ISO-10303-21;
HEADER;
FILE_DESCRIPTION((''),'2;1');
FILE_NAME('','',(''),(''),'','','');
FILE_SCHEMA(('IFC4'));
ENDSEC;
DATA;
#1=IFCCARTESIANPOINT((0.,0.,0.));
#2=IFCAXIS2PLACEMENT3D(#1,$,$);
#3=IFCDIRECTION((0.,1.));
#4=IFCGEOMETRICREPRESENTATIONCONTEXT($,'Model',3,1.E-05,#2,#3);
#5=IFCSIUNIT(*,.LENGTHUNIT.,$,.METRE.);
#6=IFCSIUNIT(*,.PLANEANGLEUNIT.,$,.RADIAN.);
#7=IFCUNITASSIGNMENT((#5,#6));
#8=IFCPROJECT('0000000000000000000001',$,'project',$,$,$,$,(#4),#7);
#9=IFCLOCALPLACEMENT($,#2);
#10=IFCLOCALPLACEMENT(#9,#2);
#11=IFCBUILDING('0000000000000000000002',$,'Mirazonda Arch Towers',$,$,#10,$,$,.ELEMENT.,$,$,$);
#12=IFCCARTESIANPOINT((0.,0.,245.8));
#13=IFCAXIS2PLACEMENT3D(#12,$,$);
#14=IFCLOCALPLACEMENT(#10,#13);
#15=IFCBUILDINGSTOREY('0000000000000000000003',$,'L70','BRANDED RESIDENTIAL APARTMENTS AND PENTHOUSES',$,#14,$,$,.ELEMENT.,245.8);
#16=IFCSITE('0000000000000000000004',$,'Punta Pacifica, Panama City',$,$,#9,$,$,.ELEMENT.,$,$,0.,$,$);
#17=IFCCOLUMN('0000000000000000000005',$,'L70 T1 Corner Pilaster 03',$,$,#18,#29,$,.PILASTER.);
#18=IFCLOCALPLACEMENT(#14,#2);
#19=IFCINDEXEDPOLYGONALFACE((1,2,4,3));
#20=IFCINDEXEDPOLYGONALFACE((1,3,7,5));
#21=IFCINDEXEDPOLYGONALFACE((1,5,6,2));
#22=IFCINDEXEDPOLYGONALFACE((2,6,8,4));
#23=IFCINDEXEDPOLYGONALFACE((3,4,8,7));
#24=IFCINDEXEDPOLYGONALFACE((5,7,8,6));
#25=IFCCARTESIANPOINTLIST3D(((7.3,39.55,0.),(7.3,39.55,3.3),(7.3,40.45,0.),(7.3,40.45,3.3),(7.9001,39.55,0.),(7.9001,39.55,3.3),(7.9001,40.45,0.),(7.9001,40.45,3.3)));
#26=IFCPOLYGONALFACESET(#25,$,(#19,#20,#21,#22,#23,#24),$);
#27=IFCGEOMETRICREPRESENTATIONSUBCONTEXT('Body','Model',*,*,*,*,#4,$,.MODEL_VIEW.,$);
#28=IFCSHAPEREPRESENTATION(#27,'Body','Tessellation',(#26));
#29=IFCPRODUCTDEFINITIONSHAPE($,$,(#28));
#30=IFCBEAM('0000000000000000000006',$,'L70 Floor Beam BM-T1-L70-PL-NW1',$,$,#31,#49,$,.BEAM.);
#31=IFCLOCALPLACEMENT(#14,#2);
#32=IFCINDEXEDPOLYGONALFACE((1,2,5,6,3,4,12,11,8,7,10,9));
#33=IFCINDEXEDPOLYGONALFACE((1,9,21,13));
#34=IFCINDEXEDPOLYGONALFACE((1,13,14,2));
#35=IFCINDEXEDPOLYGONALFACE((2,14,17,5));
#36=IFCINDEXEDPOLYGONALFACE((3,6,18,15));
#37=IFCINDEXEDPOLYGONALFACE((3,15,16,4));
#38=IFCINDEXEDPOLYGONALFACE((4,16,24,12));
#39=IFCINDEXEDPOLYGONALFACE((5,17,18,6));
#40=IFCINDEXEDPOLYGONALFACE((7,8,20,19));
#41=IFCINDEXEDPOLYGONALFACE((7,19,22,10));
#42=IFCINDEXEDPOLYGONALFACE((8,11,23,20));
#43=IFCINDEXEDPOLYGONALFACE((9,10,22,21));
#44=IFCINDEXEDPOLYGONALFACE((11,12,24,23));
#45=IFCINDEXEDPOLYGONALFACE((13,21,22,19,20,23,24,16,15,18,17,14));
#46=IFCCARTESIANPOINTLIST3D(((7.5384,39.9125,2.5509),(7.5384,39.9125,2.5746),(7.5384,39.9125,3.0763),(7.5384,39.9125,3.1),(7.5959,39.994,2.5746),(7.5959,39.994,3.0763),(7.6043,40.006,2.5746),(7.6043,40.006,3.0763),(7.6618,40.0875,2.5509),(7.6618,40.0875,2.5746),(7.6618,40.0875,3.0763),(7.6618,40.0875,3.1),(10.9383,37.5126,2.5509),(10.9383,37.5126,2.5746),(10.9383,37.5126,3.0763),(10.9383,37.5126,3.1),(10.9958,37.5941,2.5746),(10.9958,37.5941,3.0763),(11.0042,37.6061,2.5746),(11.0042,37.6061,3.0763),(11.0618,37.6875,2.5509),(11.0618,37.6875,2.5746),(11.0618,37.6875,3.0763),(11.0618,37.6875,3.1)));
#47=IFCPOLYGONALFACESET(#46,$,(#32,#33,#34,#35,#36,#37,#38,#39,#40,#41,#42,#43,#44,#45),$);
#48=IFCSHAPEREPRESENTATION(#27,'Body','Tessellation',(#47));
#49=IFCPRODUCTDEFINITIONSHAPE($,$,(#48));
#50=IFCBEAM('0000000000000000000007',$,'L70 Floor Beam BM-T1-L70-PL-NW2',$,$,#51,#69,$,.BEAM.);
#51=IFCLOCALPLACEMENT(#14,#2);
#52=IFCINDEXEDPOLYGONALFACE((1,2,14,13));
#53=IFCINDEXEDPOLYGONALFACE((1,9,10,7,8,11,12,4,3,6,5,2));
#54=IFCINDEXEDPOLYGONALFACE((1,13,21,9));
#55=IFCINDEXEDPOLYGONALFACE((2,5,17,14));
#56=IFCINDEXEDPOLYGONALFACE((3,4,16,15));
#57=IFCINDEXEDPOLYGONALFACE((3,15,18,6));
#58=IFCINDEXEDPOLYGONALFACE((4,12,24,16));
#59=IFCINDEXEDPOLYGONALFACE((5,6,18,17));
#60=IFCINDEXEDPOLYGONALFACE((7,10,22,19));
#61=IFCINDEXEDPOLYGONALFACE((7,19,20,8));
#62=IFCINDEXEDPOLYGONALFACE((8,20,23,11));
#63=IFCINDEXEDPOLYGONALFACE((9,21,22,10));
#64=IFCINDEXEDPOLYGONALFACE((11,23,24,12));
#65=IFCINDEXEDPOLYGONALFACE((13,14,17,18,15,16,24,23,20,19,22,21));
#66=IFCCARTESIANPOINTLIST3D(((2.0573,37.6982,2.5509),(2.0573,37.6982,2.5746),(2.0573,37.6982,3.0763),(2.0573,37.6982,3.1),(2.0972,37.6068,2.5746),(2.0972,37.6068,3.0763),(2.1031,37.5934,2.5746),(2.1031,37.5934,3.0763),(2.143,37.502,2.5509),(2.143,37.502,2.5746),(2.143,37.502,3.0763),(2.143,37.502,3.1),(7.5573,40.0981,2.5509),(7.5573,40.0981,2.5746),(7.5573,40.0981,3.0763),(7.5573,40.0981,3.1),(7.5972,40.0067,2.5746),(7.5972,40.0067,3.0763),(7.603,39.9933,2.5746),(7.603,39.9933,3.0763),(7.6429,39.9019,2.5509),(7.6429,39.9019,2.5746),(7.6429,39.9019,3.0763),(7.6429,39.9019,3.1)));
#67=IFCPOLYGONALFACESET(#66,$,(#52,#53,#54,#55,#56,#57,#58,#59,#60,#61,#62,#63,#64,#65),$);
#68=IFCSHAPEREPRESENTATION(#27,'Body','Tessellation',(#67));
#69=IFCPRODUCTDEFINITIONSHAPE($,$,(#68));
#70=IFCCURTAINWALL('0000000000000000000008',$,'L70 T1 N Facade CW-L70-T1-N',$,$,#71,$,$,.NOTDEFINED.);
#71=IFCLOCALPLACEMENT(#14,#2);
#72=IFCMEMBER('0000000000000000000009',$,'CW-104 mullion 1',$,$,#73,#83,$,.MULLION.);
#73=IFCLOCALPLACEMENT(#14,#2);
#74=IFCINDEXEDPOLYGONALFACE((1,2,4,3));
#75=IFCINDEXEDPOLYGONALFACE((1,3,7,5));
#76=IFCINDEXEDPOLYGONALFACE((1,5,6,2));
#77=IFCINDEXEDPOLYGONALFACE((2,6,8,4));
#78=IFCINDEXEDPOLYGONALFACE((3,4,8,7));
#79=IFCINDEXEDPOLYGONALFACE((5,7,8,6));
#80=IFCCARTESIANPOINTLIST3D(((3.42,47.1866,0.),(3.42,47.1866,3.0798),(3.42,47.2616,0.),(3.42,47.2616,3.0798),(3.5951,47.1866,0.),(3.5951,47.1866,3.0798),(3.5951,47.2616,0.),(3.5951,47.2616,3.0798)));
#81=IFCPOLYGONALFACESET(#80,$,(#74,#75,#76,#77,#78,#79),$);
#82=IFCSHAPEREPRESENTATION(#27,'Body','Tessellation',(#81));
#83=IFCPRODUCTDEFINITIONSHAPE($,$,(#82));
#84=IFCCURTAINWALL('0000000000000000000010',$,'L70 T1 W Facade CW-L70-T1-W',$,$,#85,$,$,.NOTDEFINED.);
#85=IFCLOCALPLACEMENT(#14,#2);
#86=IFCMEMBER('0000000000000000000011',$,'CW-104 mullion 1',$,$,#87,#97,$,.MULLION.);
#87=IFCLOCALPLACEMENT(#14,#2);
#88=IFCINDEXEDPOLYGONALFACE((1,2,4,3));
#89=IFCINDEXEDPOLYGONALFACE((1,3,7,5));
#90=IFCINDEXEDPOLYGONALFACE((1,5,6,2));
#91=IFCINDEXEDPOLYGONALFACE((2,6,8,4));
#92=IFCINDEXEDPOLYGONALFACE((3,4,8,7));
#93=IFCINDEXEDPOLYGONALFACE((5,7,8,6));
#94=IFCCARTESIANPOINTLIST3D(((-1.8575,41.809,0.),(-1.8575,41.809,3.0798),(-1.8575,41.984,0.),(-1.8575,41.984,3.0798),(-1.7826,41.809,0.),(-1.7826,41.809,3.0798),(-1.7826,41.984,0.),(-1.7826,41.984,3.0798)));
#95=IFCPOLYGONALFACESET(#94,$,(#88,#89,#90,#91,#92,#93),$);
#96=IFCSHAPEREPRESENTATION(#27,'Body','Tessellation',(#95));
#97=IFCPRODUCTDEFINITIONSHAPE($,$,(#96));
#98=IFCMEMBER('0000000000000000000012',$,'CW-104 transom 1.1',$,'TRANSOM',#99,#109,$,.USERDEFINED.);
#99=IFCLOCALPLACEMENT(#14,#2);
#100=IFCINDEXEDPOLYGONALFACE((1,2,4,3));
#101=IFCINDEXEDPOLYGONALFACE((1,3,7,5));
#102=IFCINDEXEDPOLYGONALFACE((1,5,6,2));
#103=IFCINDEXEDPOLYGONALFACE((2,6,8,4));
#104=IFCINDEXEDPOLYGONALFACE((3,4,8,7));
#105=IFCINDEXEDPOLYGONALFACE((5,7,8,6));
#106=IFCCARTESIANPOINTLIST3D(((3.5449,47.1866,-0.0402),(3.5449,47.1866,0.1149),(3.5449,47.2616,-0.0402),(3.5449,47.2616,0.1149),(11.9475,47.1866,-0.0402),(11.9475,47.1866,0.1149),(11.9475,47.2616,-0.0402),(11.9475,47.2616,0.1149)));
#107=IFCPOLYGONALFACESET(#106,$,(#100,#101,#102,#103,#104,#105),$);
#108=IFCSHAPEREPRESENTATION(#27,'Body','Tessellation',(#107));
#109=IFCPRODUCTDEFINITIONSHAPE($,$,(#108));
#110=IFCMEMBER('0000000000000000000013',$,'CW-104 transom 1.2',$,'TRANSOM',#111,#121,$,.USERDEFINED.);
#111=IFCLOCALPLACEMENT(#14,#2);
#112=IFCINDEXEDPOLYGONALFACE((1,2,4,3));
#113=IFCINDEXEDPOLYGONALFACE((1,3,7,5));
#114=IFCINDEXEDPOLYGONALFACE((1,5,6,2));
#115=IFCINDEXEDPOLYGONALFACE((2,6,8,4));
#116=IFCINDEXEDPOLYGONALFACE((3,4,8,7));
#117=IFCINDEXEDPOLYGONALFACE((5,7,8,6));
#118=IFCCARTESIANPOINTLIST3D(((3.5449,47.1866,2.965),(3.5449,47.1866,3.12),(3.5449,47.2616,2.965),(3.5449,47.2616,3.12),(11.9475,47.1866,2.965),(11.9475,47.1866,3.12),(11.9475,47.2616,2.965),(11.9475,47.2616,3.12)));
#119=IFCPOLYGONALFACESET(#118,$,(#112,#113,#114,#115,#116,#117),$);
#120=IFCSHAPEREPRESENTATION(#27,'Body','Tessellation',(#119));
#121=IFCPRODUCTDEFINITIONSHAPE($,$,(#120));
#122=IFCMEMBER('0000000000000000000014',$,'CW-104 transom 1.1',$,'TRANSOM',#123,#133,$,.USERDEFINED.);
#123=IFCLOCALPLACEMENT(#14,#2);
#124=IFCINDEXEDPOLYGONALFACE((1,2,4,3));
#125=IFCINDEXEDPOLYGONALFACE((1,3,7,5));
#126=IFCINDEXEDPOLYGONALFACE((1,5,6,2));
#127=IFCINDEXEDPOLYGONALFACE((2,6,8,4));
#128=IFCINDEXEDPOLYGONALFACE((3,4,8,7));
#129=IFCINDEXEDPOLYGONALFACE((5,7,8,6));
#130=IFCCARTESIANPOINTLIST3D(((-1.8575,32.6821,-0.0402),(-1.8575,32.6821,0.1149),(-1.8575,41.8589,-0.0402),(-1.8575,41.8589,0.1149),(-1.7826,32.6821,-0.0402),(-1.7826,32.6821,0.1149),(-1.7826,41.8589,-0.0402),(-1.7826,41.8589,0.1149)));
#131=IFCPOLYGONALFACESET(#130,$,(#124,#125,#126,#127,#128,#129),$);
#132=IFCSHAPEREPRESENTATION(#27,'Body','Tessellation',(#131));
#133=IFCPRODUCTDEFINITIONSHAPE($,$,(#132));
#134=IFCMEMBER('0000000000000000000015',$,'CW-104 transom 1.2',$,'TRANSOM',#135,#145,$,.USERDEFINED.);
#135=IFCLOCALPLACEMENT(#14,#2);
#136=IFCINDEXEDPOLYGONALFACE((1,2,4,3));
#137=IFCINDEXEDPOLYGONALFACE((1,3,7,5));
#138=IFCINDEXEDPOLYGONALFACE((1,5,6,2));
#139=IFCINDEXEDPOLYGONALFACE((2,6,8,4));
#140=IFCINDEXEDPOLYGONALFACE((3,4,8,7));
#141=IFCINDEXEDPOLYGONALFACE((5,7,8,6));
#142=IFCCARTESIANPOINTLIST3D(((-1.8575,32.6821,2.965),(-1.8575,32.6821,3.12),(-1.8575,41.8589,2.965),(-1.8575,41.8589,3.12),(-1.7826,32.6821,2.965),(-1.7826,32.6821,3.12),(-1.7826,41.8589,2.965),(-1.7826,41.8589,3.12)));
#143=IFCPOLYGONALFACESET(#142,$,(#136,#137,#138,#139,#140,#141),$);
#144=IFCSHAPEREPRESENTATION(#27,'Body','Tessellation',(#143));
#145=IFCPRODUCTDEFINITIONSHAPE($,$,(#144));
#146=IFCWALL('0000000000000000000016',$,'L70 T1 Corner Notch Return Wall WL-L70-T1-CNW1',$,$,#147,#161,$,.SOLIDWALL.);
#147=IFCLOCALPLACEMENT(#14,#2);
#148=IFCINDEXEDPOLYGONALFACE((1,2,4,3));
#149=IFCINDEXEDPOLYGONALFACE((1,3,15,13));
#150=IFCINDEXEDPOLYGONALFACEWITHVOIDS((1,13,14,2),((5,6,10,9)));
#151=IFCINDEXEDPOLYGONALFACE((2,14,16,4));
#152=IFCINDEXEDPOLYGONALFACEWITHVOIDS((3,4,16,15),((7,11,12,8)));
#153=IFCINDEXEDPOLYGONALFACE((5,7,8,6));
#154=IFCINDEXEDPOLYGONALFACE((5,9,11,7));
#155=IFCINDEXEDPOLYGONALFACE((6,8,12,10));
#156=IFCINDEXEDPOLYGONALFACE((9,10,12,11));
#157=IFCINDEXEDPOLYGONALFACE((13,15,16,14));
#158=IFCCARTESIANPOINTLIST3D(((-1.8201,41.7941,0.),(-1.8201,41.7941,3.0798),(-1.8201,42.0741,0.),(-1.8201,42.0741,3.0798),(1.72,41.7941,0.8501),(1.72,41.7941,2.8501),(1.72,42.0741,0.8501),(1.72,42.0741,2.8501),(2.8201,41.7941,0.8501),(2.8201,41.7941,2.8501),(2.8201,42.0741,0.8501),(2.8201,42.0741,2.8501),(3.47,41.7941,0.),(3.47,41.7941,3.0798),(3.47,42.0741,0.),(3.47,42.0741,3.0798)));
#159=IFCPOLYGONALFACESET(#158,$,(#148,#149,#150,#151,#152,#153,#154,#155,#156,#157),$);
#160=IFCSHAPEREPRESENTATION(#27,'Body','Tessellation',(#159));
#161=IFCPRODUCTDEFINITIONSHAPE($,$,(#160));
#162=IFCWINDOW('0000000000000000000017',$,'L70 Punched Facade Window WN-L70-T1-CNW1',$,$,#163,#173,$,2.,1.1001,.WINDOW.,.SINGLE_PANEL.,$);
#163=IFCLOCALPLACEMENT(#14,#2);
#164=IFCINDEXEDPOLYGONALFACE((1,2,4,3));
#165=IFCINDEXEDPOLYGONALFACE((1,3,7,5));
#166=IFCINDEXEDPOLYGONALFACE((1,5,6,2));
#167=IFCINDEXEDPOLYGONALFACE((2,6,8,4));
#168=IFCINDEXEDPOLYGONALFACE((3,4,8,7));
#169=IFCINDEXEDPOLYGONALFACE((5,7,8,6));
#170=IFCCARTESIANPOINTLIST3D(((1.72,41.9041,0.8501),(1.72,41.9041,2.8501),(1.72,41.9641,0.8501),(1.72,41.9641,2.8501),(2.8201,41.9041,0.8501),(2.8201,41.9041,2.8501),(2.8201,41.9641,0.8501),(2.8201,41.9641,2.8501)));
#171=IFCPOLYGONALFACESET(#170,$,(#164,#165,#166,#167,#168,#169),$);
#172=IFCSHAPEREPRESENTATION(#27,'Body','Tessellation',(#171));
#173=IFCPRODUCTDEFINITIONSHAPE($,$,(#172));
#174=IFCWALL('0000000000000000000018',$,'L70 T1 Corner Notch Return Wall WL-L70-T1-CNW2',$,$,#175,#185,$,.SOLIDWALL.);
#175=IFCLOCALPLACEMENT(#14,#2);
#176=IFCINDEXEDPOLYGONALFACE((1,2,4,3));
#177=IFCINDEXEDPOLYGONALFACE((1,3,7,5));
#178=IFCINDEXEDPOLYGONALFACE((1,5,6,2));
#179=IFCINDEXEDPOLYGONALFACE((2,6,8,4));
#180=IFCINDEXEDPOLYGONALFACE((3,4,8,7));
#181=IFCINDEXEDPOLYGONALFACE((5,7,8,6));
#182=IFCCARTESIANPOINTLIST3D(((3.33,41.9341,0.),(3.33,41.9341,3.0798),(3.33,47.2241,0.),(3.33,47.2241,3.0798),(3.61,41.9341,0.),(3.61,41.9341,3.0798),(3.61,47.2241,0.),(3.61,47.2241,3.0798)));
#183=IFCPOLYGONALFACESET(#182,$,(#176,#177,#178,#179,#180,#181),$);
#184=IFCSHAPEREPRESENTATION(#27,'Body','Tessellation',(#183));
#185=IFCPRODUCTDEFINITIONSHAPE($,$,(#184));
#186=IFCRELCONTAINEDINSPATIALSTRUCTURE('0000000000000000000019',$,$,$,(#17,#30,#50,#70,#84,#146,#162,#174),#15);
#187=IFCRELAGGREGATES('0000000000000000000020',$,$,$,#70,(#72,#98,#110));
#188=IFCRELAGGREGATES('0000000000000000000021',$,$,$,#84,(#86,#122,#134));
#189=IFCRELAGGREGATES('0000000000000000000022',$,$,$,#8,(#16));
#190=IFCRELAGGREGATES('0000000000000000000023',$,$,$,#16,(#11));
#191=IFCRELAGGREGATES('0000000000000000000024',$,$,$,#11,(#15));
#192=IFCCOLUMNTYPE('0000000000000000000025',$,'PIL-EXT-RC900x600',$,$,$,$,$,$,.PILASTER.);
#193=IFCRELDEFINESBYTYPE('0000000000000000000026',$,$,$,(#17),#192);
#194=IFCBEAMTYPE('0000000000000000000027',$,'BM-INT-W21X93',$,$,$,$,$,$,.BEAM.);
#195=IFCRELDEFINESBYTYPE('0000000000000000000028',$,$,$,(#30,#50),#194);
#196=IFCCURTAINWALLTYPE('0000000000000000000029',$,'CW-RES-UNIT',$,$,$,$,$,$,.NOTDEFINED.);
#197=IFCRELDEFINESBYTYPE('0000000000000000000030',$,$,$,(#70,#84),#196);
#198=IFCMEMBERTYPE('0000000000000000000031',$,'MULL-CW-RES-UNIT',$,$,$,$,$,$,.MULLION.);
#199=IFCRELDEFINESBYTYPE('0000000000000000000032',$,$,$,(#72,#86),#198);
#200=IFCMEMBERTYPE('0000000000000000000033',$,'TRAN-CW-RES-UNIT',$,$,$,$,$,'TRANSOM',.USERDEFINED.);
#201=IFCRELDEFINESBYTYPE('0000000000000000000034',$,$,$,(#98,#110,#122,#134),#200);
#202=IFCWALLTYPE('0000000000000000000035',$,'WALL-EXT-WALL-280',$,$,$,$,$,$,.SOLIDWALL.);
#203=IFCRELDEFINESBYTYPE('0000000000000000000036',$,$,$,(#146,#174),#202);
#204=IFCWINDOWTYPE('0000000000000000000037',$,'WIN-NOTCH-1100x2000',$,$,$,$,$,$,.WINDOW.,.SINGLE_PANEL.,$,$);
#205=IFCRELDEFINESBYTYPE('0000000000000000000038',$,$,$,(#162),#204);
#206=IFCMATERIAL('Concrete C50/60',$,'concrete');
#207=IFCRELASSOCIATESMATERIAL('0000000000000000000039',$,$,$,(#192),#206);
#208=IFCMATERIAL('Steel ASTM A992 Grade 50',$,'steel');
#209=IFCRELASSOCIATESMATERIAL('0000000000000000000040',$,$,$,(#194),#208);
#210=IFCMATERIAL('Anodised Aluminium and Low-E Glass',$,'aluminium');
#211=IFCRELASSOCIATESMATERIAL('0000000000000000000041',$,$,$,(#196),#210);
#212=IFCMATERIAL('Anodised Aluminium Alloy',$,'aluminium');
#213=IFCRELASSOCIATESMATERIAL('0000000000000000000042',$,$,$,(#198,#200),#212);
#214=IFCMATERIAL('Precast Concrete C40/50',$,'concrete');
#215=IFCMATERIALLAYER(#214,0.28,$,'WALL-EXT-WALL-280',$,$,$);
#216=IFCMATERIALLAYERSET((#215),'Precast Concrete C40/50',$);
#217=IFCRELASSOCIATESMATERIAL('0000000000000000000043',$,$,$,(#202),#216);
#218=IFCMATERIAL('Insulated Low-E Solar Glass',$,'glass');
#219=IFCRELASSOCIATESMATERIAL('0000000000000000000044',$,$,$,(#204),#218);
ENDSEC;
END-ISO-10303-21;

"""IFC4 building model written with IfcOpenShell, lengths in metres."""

from ifc_helpers import new_model, si_unit, direction, frame, frame_2d, origin, origin_2d, place, context, subcontext, project, spatial, rectangle, i_section, extrude, material, layer, layer_set, material_profile, profile_set, type_object, element, fill, aggregate, save


model = new_model("IFC4")

# Units and contexts
model_context = context("Model", 3, precision=1e-05, world=origin(), true_north=direction((0.0, 1.0)))
body_context = subcontext(model_context, "Body", "Model", "MODEL_VIEW")
ifc_project = project(units=[si_unit("LENGTHUNIT", "METRE"), si_unit("PLANEANGLEUNIT", "RADIAN")], contexts=[model_context])

# Site, building, storey
site_placement = place(None, origin())
site = spatial("IfcSite", under=ifc_project, at=site_placement, Name="Punta Pacifica, Panama City", CompositionType="ELEMENT", RefElevation=0.0)
building_placement = place(site_placement, origin())
building = spatial("IfcBuilding", under=site, at=building_placement, Name="Mirazonda Arch Towers", CompositionType="ELEMENT")
storey_placement = place(building_placement, frame((0.0, 0.0, 245.8)))
storey = spatial("IfcBuildingStorey", under=building, at=storey_placement, Name="L70", Description="BRANDED RESIDENTIAL APARTMENTS AND PENTHOUSES", CompositionType="ELEMENT", Elevation=245.8)

# Column
ifc_material_1 = material(Name="Concrete C50/60", Category="concrete")
ifc_material_profile_1 = material_profile(ifc_material_1, rectangle(XDim=0.6001, YDim=0.8999, at=origin_2d()), Name="RC900x600")
ifc_profile_set_1 = profile_set([ifc_material_profile_1], Name="Concrete C50/60")
column_type = type_object("IfcColumnType", Name="PIL-EXT-RC900x600", PredefinedType="PILASTER", material=ifc_profile_set_1)
column_placement = place(storey_placement, frame((7.6001, 40.0, 0.0), z_axis=(0.0, 0.0, 1.0), x_axis=(1.0, 0.0, 0.0)))
element("IfcColumn", 1, at=column_placement, inside=storey, type_object=column_type, Name="L70 T1 Corner Pilaster 03", PredefinedType="PILASTER", context=body_context, shape_type="SweptSolid", body=[
    extrude(rectangle(XDim=0.6001, YDim=0.8999, at=origin_2d()), origin(), (0.0, 0.0, 1.0), 3.3),
])

# Beams
ifc_material_2 = material(Name="Steel ASTM A992 Grade 50", Category="steel")
ifc_material_profile_2 = material_profile(ifc_material_2, i_section(OverallWidth=0.2141, OverallDepth=0.5491, WebThickness=0.0146, FlangeThickness=0.0237, at=origin_2d()), Name="W21X93")
ifc_profile_set_2 = profile_set([ifc_material_profile_2], Name="Steel ASTM A992 Grade 50")
beam_type = type_object("IfcBeamType", Name="BM-INT-W21X93", PredefinedType="BEAM", material=ifc_profile_set_2)
beam_1_placement = place(storey_placement, frame((7.6001, 40.0, 2.8254), z_axis=(0.816971, -0.576679, 0.0), x_axis=(0.576679, 0.816971, 0.0)))
element("IfcBeam", 2, at=beam_1_placement, inside=storey, type_object=beam_type, Name="L70 Floor Beam BM-T1-L70-PL-NW1", PredefinedType="BEAM", context=body_context, shape_type="SweptSolid", body=[
    extrude(i_section(OverallWidth=0.2141, OverallDepth=0.5491, WebThickness=0.0146, FlangeThickness=0.0237, at=origin_2d()), origin(), (0.0, 0.0, 1.0), 4.1616),
])
beam_2_placement = place(storey_placement, frame((7.6001, 40.0, 2.8254), z_axis=(-0.916545, -0.399931, 0.0), x_axis=(0.399931, -0.916545, 0.0)))
element("IfcBeam", 3, at=beam_2_placement, inside=storey, type_object=beam_type, Name="L70 Floor Beam BM-T1-L70-PL-NW2", PredefinedType="BEAM", context=body_context, shape_type="SweptSolid", body=[
    extrude(i_section(OverallWidth=0.2141, OverallDepth=0.5491, WebThickness=0.0146, FlangeThickness=0.0237, at=origin_2d()), origin(), (0.0, 0.0, 1.0), 6.0007),
])

# Curtain walls, members
ifc_material_3 = material(Name="Anodised Aluminium and Low-E Glass", Category="aluminium")
curtain_wall_type = type_object("IfcCurtainWallType", Name="CW-RES-UNIT", PredefinedType="NOTDEFINED", material=ifc_material_3)
curtain_wall_1_placement = place(storey_placement, origin())
curtain_wall_1 = element("IfcCurtainWall", 4, at=curtain_wall_1_placement, inside=storey, type_object=curtain_wall_type, Name="L70 T1 N Facade CW-L70-T1-N", PredefinedType="NOTDEFINED")
ifc_material_4 = material(Name="Anodised Aluminium Alloy", Category="aluminium")
ifc_material_profile_3 = material_profile(ifc_material_4, rectangle(XDim=0.075, YDim=0.175, at=origin_2d()), Name="ALU-MULL-75x175")
ifc_profile_set_3 = profile_set([ifc_material_profile_3], Name="Anodised Aluminium Alloy")
member_type_1 = type_object("IfcMemberType", Name="MULL-CW-RES-UNIT", PredefinedType="MULLION", material=ifc_profile_set_3)
member_1_placement = place(storey_placement, frame((3.5076, 47.2241, 0.0), z_axis=(0.0, 0.0, 1.0), x_axis=(0.0, 1.0, 0.0)))
member_1 = element("IfcMember", 5, at=member_1_placement, type_object=member_type_1, Name="CW-104 mullion 1", PredefinedType="MULLION", context=body_context, shape_type="SweptSolid", body=[
    extrude(rectangle(XDim=0.075, YDim=0.175, at=origin_2d()), origin(), (0.0, 0.0, 1.0), 3.0798),
])
curtain_wall_2_placement = place(storey_placement, origin())
curtain_wall_2 = element("IfcCurtainWall", 6, at=curtain_wall_2_placement, inside=storey, type_object=curtain_wall_type, Name="L70 T1 W Facade CW-L70-T1-W", PredefinedType="NOTDEFINED")
member_2_placement = place(storey_placement, frame((-1.8201, 41.8965, 0.0), z_axis=(0.0, 0.0, 1.0), x_axis=(1.0, 0.0, 0.0)))
member_2 = element("IfcMember", 7, at=member_2_placement, type_object=member_type_1, Name="CW-104 mullion 1", PredefinedType="MULLION", context=body_context, shape_type="SweptSolid", body=[
    extrude(rectangle(XDim=0.075, YDim=0.175, at=origin_2d()), origin(), (0.0, 0.0, 1.0), 3.0798),
])

# Members
ifc_material_profile_4 = material_profile(ifc_material_4, rectangle(XDim=0.075, YDim=0.155, at=origin_2d()), Name="ALU-TRAN-75x155")
ifc_profile_set_4 = profile_set([ifc_material_profile_4], Name="Anodised Aluminium Alloy")
member_type_2 = type_object("IfcMemberType", Name="TRAN-CW-RES-UNIT", ElementType="TRANSOM", PredefinedType="USERDEFINED", material=ifc_profile_set_4)
member_3_placement = place(storey_placement, frame((3.5449, 47.2241, 0.0374), z_axis=(1.0, 0.0, 0.0), x_axis=(0.0, 1.0, 0.0)))
member_3 = element("IfcMember", 8, at=member_3_placement, type_object=member_type_2, Name="CW-104 transom 1.1", ObjectType="TRANSOM", PredefinedType="USERDEFINED", context=body_context, shape_type="SweptSolid", body=[
    extrude(rectangle(XDim=0.075, YDim=0.155, at=origin_2d()), origin(), (0.0, 0.0, 1.0), 8.4026),
])
member_4_placement = place(storey_placement, frame((3.5449, 47.2241, 3.0425), z_axis=(1.0, 0.0, 0.0), x_axis=(0.0, 1.0, 0.0)))
member_4 = element("IfcMember", 9, at=member_4_placement, type_object=member_type_2, Name="CW-104 transom 1.2", ObjectType="TRANSOM", PredefinedType="USERDEFINED", context=body_context, shape_type="SweptSolid", body=[
    extrude(rectangle(XDim=0.075, YDim=0.155, at=origin_2d()), origin(), (0.0, 0.0, 1.0), 8.4026),
])
aggregate(curtain_wall_1, [member_1, member_3, member_4])
member_5_placement = place(storey_placement, frame((-1.8201, 41.8589, 0.0374), z_axis=(0.0, -1.0, 0.0), x_axis=(1.0, 0.0, 0.0)))
member_5 = element("IfcMember", 10, at=member_5_placement, type_object=member_type_2, Name="CW-104 transom 1.1", ObjectType="TRANSOM", PredefinedType="USERDEFINED", context=body_context, shape_type="SweptSolid", body=[
    extrude(rectangle(XDim=0.075, YDim=0.155, at=origin_2d()), origin(), (0.0, 0.0, 1.0), 9.1768),
])
member_6_placement = place(storey_placement, frame((-1.8201, 41.8589, 3.0425), z_axis=(0.0, -1.0, 0.0), x_axis=(1.0, 0.0, 0.0)))
member_6 = element("IfcMember", 11, at=member_6_placement, type_object=member_type_2, Name="CW-104 transom 1.2", ObjectType="TRANSOM", PredefinedType="USERDEFINED", context=body_context, shape_type="SweptSolid", body=[
    extrude(rectangle(XDim=0.075, YDim=0.155, at=origin_2d()), origin(), (0.0, 0.0, 1.0), 9.1768),
])
aggregate(curtain_wall_2, [member_2, member_5, member_6])

# Wall, opening, window
ifc_material_5 = material(Name="Precast Concrete C40/50", Category="concrete")
ifc_layer_1 = layer(ifc_material_5, 0.28, Name="WALL-EXT-WALL-280")
ifc_layer_set_1 = layer_set([ifc_layer_1], Name="Precast Concrete C40/50")
wall_type_1 = type_object("IfcWallType", Name="WALL-EXT-WALL-280", PredefinedType="SOLIDWALL", material=ifc_layer_set_1)
wall_1_placement = place(storey_placement, frame((3.47, 41.9341, 0.0), z_axis=(0.0, 0.0, 1.0), x_axis=(-1.0, 0.0, 0.0)))
wall_1 = element("IfcWall", 12, at=wall_1_placement, inside=storey, type_object=wall_type_1, Name="L70 T1 Corner Notch Return Wall WL-L70-T1-CNW1", PredefinedType="SOLIDWALL", context=body_context, shape_type="SweptSolid", body=[
    extrude(rectangle(XDim=5.29, YDim=0.28, at=frame_2d((2.645, 0.0))), origin(), (0.0, 0.0, 1.0), 3.0798),
])
opening_1_placement = place(wall_1_placement, frame((0.6499, 0.0, 0.8501)))
opening_1 = element("IfcOpeningElement", 13, at=opening_1_placement, cuts=wall_1, PredefinedType="OPENING", context=body_context, shape_type="SweptSolid", body=[
    extrude(rectangle(XDim=1.1001, YDim=2.0, at=frame_2d((0.55, 1.0))), frame((0.0, 0.1499, 0.0), z_axis=(0.0, -1.0, 0.0), x_axis=(1.0, 0.0, 0.0)), (0.0, 0.0, 1.0), 0.3),
])
ifc_material_6 = material(Name="Insulated Low-E Solar Glass", Category="glass")
window_type = type_object("IfcWindowType", Name="WIN-NOTCH-1100x2000", PartitioningType="SINGLE_PANEL", PredefinedType="WINDOW", material=ifc_material_6)
window_placement = place(opening_1_placement, origin())
window = element("IfcWindow", 14, at=window_placement, inside=storey, type_object=window_type, Name="L70 Punched Facade Window WN-L70-T1-CNW1", OverallHeight=2.0, OverallWidth=1.1001, PartitioningType="SINGLE_PANEL", PredefinedType="WINDOW", context=body_context, shape_type="SweptSolid", body=[
    extrude(rectangle(XDim=1.1001, YDim=2.0, at=frame_2d((0.55, 1.0))), frame((0.0, 0.03, 0.0), z_axis=(0.0, -1.0, 0.0), x_axis=(1.0, 0.0, 0.0)), (0.0, 0.0, 1.0), 0.0601),
])
fill(opening_1, window)

# Wall
wall_2_placement = place(storey_placement, frame((3.47, 47.2241, 0.0), z_axis=(0.0, 0.0, 1.0), x_axis=(0.0, -1.0, 0.0)))
element("IfcWall", 15, at=wall_2_placement, inside=storey, type_object=wall_type_1, Name="L70 T1 Corner Notch Return Wall WL-L70-T1-CNW2", PredefinedType="SOLIDWALL", context=body_context, shape_type="SweptSolid", body=[
    extrude(rectangle(XDim=5.29, YDim=0.28, at=frame_2d((2.645, 0.0))), origin(), (0.0, 0.0, 1.0), 3.0798),
])

save(model, "model.ifc")
